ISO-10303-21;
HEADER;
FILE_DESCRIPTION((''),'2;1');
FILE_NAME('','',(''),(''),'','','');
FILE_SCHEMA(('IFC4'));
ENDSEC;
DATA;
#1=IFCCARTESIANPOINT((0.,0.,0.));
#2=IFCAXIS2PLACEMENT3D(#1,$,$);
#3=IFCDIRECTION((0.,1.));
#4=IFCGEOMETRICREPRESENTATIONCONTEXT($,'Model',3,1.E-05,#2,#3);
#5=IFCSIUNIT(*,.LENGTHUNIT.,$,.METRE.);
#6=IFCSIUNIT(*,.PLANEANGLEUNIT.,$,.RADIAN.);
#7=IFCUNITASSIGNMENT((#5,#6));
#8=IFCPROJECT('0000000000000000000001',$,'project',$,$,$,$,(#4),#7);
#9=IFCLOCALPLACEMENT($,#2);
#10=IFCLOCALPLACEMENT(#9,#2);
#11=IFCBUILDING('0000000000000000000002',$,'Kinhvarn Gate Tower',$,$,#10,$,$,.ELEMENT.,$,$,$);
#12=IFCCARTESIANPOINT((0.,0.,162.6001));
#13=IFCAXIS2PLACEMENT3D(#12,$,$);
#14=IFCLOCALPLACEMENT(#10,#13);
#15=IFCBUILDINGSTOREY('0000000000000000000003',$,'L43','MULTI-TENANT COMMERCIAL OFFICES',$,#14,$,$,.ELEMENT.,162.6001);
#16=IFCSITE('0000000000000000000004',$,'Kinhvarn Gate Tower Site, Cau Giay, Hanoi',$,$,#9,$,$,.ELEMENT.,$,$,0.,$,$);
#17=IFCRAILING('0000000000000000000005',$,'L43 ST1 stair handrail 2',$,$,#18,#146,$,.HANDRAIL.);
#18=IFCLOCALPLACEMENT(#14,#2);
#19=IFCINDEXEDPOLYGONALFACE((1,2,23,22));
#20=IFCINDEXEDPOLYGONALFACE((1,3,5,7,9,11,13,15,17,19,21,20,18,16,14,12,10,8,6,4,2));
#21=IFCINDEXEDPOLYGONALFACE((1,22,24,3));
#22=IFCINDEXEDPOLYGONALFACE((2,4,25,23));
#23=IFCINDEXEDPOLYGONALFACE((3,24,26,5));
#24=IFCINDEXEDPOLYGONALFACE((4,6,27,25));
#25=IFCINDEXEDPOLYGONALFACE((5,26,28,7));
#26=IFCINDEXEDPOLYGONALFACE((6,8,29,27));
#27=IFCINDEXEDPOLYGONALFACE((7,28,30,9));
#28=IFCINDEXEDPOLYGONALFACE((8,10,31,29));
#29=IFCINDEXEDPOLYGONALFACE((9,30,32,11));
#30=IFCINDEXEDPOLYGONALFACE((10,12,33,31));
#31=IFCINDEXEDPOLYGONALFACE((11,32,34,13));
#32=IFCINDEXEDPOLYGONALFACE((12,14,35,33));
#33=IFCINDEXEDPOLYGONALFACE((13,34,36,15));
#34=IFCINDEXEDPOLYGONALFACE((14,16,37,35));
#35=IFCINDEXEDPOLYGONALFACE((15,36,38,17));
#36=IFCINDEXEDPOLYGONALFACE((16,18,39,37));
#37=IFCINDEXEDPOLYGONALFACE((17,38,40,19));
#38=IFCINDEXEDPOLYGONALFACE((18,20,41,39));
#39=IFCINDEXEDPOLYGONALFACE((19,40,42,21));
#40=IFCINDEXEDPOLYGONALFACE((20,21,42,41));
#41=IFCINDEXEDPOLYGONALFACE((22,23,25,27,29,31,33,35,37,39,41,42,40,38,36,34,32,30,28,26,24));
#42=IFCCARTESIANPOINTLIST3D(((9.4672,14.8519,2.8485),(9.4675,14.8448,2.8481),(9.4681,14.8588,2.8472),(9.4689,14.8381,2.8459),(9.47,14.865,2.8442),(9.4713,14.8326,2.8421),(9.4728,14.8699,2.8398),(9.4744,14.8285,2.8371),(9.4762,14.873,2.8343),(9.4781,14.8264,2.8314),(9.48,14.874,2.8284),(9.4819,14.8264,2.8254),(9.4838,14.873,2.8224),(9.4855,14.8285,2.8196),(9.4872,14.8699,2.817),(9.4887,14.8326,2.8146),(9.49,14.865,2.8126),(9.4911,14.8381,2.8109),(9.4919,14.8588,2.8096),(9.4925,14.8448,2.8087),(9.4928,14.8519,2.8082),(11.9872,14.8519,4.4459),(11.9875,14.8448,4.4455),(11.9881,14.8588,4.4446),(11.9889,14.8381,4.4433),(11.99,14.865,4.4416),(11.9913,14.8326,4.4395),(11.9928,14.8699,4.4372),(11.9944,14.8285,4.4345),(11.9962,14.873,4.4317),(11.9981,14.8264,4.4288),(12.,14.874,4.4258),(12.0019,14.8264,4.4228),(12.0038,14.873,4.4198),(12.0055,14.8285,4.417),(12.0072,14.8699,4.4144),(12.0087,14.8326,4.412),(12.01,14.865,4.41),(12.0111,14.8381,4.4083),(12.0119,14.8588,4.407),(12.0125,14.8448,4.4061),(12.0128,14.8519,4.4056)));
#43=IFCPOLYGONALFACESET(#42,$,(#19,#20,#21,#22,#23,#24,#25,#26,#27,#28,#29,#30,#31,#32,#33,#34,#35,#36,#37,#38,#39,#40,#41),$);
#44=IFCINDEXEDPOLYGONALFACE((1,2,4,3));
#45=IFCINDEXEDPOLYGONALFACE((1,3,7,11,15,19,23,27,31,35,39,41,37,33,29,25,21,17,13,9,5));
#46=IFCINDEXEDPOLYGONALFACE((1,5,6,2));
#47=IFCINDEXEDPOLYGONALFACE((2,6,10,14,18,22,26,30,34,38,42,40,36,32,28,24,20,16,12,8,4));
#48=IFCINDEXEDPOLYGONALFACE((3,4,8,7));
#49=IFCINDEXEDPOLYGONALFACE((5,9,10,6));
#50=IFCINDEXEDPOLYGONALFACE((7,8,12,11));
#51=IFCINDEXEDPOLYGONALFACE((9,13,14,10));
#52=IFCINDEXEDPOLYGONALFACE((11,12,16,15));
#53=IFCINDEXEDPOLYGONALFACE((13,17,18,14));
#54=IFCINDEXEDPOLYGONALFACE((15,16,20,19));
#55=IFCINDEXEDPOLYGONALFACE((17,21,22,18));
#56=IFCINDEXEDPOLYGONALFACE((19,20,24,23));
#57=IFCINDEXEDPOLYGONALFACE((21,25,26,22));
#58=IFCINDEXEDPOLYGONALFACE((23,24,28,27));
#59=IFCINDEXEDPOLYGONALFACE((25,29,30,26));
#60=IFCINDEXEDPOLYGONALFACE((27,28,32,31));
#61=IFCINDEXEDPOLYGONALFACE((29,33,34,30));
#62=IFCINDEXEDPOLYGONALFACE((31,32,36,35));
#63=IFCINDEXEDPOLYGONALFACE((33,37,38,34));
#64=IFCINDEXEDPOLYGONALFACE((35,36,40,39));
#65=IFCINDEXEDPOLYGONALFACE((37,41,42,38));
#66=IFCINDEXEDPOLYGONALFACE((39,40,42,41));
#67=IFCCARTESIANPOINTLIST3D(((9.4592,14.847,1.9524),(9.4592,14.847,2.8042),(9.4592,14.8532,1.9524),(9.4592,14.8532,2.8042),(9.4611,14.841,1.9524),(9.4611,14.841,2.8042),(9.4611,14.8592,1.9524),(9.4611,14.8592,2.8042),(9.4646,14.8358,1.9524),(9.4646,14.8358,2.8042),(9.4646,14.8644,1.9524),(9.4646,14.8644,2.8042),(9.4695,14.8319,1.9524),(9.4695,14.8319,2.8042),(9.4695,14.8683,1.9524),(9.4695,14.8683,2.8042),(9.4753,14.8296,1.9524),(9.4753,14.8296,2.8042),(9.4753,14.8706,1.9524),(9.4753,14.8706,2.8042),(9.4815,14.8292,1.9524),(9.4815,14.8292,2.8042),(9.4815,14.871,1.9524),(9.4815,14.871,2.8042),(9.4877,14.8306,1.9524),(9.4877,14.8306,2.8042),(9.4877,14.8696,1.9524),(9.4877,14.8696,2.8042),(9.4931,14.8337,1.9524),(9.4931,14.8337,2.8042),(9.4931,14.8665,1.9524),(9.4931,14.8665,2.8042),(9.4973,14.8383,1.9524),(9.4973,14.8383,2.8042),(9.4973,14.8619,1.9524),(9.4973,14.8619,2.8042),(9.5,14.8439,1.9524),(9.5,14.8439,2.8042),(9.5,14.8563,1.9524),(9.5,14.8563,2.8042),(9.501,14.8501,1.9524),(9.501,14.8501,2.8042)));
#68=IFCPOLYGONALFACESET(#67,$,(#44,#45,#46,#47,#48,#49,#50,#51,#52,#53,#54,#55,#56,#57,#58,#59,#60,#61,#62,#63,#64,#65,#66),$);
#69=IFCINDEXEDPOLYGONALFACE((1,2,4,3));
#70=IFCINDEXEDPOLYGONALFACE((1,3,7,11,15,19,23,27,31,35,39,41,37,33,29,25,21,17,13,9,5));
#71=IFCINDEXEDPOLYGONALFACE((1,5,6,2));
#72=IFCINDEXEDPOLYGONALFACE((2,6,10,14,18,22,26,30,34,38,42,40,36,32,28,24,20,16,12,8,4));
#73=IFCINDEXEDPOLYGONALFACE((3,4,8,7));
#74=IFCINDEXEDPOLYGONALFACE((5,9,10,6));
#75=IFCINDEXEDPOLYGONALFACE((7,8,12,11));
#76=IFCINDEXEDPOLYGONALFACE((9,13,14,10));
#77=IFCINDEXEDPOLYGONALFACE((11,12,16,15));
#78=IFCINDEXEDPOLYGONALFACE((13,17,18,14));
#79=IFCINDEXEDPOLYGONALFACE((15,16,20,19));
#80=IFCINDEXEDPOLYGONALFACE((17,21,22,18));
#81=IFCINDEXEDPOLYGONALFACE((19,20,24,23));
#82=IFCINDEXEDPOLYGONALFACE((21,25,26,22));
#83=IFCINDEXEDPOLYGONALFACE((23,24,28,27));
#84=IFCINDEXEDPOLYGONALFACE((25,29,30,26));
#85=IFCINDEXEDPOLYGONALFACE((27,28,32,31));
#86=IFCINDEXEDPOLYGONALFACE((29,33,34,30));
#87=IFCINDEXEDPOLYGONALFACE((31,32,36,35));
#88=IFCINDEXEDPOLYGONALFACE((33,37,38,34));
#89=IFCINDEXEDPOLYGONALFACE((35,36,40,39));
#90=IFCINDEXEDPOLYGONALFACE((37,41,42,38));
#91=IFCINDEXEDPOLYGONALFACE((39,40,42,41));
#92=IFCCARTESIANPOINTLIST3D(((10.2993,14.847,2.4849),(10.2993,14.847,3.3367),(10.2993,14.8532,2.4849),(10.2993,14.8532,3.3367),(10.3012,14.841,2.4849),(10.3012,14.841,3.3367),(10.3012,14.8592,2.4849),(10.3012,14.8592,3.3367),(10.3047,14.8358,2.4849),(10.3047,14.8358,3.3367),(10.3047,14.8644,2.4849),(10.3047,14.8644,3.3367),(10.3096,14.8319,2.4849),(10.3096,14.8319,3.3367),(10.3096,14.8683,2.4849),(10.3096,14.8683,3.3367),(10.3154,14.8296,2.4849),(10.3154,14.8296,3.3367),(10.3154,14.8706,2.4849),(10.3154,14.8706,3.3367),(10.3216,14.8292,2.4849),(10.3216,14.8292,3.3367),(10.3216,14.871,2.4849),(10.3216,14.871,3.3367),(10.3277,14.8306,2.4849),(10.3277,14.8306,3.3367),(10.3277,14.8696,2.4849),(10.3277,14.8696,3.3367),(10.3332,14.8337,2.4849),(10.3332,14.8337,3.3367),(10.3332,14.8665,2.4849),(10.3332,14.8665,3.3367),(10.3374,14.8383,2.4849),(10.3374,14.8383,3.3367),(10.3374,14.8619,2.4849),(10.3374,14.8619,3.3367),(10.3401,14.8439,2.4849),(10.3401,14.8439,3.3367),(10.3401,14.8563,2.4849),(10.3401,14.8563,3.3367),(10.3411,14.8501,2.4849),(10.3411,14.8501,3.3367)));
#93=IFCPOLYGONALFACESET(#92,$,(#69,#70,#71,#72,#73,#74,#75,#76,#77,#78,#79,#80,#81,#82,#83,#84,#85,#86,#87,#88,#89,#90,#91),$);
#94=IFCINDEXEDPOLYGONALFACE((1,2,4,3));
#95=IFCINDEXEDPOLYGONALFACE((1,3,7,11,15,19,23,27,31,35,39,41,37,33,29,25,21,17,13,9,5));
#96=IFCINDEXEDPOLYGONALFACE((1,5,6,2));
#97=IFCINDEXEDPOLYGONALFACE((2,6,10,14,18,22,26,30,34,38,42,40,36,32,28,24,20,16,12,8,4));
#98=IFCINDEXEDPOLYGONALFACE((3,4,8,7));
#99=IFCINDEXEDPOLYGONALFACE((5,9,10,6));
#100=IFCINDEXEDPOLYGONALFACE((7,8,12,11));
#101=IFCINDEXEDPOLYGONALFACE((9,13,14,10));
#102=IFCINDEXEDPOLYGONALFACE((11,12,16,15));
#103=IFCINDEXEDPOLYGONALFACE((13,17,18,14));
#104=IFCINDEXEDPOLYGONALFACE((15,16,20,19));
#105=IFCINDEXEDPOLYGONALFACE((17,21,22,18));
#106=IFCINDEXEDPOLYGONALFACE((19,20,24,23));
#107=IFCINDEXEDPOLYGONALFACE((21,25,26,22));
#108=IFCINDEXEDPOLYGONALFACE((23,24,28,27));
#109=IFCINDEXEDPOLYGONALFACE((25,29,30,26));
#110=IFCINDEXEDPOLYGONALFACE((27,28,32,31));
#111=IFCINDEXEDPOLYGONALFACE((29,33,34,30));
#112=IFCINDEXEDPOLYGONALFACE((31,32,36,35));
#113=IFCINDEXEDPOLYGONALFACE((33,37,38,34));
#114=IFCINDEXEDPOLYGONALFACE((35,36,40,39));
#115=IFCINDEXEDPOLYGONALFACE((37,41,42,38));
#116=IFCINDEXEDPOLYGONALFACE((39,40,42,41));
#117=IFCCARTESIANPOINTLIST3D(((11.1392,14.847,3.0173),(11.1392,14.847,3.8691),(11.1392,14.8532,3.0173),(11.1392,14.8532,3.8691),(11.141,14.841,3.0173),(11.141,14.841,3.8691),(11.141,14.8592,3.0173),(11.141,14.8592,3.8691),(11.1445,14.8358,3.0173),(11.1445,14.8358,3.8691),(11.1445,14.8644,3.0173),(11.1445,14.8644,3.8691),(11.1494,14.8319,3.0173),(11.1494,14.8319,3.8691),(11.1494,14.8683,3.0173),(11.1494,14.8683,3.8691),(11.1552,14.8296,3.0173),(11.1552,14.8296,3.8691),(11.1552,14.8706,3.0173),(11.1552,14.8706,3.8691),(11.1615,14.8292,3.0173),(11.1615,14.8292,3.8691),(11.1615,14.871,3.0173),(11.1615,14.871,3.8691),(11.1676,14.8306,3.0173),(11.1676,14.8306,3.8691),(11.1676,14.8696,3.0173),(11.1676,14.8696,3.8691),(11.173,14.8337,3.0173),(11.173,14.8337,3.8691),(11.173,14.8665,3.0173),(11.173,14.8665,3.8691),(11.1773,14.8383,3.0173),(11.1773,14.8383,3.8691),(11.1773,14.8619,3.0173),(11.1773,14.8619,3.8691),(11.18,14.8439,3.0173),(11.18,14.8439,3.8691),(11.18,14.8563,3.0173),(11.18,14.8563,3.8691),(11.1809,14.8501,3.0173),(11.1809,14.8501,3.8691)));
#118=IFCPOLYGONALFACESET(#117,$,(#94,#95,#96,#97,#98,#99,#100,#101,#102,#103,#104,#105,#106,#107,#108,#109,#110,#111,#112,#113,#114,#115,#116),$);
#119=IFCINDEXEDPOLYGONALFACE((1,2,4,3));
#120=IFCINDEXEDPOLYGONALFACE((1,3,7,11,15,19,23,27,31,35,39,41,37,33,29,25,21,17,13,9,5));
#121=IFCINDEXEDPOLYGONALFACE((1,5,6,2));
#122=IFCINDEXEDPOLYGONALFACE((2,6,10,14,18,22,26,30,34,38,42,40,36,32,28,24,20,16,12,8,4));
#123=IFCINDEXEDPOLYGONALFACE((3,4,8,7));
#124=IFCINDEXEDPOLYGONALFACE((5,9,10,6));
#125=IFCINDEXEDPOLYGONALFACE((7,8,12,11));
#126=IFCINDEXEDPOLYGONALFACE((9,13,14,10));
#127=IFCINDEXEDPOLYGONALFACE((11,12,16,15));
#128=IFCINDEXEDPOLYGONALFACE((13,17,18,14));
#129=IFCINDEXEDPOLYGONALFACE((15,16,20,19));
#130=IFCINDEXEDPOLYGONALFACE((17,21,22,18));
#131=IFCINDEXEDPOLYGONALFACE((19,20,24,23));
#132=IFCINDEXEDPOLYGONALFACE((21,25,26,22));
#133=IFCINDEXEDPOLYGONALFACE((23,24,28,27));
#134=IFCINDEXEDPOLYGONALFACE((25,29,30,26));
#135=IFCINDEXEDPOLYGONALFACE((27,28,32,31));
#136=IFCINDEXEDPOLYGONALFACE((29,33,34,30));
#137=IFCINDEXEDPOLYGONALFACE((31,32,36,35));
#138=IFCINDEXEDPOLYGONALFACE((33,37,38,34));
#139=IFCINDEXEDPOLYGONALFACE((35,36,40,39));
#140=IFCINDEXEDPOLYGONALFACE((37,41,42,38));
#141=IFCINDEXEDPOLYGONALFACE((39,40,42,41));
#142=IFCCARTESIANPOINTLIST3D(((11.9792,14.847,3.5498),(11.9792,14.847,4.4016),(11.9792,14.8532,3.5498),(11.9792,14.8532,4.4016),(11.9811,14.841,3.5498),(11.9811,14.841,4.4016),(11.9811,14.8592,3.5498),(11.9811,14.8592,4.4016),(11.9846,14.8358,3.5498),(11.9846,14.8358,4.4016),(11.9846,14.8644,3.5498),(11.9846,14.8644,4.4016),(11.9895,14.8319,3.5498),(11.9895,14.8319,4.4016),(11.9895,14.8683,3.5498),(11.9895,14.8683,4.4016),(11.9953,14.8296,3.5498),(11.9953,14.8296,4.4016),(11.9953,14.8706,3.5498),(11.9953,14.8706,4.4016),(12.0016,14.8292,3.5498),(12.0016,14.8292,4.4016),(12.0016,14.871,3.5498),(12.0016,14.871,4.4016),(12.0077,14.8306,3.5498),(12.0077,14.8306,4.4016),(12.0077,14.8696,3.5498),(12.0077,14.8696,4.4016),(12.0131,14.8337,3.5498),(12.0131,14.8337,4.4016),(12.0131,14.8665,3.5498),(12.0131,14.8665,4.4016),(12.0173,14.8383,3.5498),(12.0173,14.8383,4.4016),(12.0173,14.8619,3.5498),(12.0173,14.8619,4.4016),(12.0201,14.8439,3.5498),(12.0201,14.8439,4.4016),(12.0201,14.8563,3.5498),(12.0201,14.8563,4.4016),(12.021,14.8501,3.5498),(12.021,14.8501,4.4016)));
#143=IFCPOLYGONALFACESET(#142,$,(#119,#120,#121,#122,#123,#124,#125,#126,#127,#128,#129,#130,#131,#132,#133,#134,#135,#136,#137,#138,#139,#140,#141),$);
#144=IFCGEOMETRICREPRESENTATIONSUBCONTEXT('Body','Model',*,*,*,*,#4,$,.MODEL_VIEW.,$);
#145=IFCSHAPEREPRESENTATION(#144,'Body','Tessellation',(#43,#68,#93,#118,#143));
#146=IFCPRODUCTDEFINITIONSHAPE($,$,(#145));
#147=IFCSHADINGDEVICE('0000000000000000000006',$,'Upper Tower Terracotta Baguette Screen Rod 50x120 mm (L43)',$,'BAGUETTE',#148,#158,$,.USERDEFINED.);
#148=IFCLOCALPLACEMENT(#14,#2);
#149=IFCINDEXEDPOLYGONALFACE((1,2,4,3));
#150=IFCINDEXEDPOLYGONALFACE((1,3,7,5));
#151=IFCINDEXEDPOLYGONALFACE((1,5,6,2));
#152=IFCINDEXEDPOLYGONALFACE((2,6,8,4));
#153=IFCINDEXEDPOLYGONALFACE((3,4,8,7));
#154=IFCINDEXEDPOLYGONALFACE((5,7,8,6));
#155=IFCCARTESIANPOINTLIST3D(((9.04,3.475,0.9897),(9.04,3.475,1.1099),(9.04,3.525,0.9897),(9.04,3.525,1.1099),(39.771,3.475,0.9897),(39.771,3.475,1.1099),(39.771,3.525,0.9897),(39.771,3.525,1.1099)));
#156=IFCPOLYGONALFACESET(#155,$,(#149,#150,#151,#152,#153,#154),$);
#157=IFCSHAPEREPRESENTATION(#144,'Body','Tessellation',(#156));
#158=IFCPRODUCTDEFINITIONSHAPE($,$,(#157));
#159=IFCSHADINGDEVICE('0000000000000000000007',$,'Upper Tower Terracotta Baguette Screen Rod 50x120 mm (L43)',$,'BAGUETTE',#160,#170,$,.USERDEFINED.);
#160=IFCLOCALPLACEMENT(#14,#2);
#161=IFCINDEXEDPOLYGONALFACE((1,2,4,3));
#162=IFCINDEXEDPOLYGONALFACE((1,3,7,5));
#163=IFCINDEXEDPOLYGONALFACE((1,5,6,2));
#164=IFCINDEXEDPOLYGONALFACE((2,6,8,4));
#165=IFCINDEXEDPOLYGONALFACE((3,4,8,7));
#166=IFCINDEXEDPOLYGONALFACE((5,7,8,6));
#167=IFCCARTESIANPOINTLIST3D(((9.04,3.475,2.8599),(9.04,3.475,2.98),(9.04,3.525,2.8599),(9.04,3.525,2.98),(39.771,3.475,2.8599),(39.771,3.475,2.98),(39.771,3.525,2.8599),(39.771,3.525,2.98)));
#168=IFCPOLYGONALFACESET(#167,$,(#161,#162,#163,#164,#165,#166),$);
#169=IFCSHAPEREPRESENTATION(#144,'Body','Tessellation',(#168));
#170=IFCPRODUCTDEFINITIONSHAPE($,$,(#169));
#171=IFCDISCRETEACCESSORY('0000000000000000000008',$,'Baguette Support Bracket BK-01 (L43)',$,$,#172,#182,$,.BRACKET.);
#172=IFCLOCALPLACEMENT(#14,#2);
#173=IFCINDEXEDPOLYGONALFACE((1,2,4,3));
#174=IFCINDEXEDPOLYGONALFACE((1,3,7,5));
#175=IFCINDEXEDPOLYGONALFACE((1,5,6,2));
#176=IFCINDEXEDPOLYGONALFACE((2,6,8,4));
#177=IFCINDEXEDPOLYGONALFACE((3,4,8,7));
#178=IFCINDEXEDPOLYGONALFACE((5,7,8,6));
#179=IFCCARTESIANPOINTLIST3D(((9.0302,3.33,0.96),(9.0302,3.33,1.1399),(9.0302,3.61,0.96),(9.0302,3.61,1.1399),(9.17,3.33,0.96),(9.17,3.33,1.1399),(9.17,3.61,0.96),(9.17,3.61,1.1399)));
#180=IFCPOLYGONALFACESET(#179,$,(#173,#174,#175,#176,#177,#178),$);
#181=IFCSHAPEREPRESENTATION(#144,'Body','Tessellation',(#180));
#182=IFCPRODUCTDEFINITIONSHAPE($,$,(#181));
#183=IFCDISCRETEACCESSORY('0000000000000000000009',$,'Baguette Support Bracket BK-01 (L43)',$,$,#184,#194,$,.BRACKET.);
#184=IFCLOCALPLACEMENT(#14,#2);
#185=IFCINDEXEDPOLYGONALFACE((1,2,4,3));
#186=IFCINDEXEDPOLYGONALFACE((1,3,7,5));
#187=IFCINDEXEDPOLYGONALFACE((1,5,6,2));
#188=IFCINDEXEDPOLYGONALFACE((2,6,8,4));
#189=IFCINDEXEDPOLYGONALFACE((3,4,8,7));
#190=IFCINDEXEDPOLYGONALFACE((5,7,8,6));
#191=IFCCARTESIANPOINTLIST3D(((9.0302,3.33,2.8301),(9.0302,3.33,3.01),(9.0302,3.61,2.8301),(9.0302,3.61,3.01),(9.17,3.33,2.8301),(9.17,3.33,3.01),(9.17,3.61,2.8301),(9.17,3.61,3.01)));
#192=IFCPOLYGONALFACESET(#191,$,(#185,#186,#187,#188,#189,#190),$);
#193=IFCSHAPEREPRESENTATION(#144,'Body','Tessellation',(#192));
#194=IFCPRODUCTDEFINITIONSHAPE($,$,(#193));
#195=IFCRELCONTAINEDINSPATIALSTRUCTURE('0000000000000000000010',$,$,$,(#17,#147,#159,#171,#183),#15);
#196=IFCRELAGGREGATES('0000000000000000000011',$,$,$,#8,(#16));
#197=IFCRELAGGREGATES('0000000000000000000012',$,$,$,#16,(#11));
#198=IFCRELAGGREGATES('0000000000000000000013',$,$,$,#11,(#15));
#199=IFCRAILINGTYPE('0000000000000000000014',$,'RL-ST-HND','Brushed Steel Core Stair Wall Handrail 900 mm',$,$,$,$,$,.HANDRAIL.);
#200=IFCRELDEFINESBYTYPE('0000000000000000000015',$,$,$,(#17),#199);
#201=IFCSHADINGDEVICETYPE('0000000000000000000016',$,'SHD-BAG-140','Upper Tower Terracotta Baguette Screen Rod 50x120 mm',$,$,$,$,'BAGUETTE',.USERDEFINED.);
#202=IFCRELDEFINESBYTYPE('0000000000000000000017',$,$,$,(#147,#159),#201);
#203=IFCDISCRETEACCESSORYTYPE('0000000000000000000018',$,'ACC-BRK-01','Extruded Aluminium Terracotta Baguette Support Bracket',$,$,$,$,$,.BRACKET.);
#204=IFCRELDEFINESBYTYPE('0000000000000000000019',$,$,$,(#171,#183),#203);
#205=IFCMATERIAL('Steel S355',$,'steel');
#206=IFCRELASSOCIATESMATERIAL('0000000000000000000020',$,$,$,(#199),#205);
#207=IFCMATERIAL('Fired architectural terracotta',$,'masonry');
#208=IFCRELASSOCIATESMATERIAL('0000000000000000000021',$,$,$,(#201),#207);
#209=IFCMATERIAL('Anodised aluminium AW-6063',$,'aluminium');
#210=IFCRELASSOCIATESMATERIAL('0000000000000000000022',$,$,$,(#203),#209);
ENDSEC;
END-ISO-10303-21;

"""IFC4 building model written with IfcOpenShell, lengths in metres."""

from ifc_helpers import new_model, si_unit, direction, frame, origin, origin_2d, place, context, subcontext, project, spatial, rectangle, circle, extrude, material, material_profile, profile_set, type_object, element, save


model = new_model("IFC4")

# Units and contexts
model_context = context("Model", 3, precision=1e-05, world=origin(), true_north=direction((0.0, 1.0)))
body_context = subcontext(model_context, "Body", "Model", "MODEL_VIEW")
ifc_project = project(units=[si_unit("LENGTHUNIT", "METRE"), si_unit("PLANEANGLEUNIT", "RADIAN")], contexts=[model_context])

# Site, building, storey
site_placement = place(None, origin())
site = spatial("IfcSite", under=ifc_project, at=site_placement, Name="Kinhvarn Gate Tower Site, Cau Giay, Hanoi", CompositionType="ELEMENT", RefElevation=0.0)
building_placement = place(site_placement, origin())
building = spatial("IfcBuilding", under=site, at=building_placement, Name="Kinhvarn Gate Tower", CompositionType="ELEMENT")
storey_placement = place(building_placement, frame((0.0, 0.0, 162.6001)))
storey = spatial("IfcBuildingStorey", under=building, at=storey_placement, Name="L43", Description="MULTI-TENANT COMMERCIAL OFFICES", CompositionType="ELEMENT", Elevation=162.6001)

# Shared definitions
ifc_material_1 = material(Name="Anodised aluminium AW-6063", Category="aluminium")

# Shared definitions
ifc_material_2 = material(Name="Steel S355", Category="steel")

# Shared definitions
ifc_material_3 = material(Name="Fired architectural terracotta", Category="masonry")

# Railing
railing_type_1 = type_object("IfcRailingType", Name="RL-ST-HND", Description="Brushed Steel Core Stair Wall Handrail 900 mm", PredefinedType="HANDRAIL", material=ifc_material_2)
railing_1_placement = place(storey_placement, frame((9.48, 14.8501, 1.9524)))
element("IfcRailing", 1, at=railing_1_placement, inside=storey, type_object=railing_type_1, Name="L43 ST1 stair handrail 2", PredefinedType="HANDRAIL", context=body_context, shape_type="SweptSolid", body=[
    extrude(circle(Radius=0.0239, at=origin_2d()), frame((0.0, 0.0, 0.876), z_axis=(0.844607, 0.0, 0.535387), x_axis=(0.0, 1.0, 0.0)), (0.0, 0.0, 1.0), 2.9836),
    extrude(circle(Radius=0.021, at=origin_2d()), origin(), (0.0, 0.0, 1.0), 0.8518),
    extrude(circle(Radius=0.021, at=origin_2d()), frame((0.8401, 0.0, 0.5325)), (0.0, 0.0, 1.0), 0.8518),
    extrude(circle(Radius=0.021, at=origin_2d()), frame((1.6799, 0.0, 1.0649)), (0.0, 0.0, 1.0), 0.8518),
    extrude(circle(Radius=0.021, at=origin_2d()), frame((2.52, 0.0, 1.5974)), (0.0, 0.0, 1.0), 0.8518),
])

# Shading devices
ifc_material_profile_1 = material_profile(ifc_material_3, rectangle(XDim=0.05, YDim=0.1201, at=origin_2d()), Name="TC 50x120")
ifc_profile_set_1 = profile_set([ifc_material_profile_1], Name="Fired architectural terracotta")
shading_device_type = type_object("IfcShadingDeviceType", Name="SHD-BAG-140", Description="Upper Tower Terracotta Baguette Screen Rod 50x120 mm", ElementType="BAGUETTE", PredefinedType="USERDEFINED", material=ifc_profile_set_1)
for number, where, z_axis, x_axis, name in (
    (2, (9.04, 3.5, 1.0498), (1.0, 0.0, 0.0), (0.0, 1.0, 0.0), "Upper Tower Terracotta Baguette Screen Rod 50x120 mm (L43)"),
    (3, (9.04, 3.5, 2.9199), (1.0, 0.0, 0.0), (0.0, 1.0, 0.0), "Upper Tower Terracotta Baguette Screen Rod 50x120 mm (L43)"),
):
    element("IfcShadingDevice", number, at=place(storey_placement, frame(where, z_axis=z_axis, x_axis=x_axis)), inside=storey, type_object=shading_device_type, Name=name, ObjectType="BAGUETTE", PredefinedType="USERDEFINED", context=body_context, shape_type="SweptSolid", body=[
        extrude(rectangle(XDim=0.05, YDim=0.1201, at=origin_2d()), origin(), (0.0, 0.0, 1.0), 30.731),
    ])

# Discrete accessories
discrete_accessory_type = type_object("IfcDiscreteAccessoryType", Name="ACC-BRK-01", Description="Extruded Aluminium Terracotta Baguette Support Bracket", PredefinedType="BRACKET", material=ifc_material_1)
for number, where, z_axis, x_axis, name in (
    (4, (9.1001, 3.47, 0.96), (0.0, 0.0, 1.0), (1.0, 0.0, 0.0), "Baguette Support Bracket BK-01 (L43)"),
    (5, (9.1001, 3.47, 2.8301), (0.0, 0.0, 1.0), (1.0, 0.0, 0.0), "Baguette Support Bracket BK-01 (L43)"),
):
    element("IfcDiscreteAccessory", number, at=place(storey_placement, frame(where, z_axis=z_axis, x_axis=x_axis)), inside=storey, type_object=discrete_accessory_type, Name=name, PredefinedType="BRACKET", context=body_context, shape_type="SweptSolid", body=[
        extrude(rectangle(XDim=0.1399, YDim=0.28, at=origin_2d()), origin(), (0.0, 0.0, 1.0), 0.1799),
    ])

save(model, "model.ifc")
